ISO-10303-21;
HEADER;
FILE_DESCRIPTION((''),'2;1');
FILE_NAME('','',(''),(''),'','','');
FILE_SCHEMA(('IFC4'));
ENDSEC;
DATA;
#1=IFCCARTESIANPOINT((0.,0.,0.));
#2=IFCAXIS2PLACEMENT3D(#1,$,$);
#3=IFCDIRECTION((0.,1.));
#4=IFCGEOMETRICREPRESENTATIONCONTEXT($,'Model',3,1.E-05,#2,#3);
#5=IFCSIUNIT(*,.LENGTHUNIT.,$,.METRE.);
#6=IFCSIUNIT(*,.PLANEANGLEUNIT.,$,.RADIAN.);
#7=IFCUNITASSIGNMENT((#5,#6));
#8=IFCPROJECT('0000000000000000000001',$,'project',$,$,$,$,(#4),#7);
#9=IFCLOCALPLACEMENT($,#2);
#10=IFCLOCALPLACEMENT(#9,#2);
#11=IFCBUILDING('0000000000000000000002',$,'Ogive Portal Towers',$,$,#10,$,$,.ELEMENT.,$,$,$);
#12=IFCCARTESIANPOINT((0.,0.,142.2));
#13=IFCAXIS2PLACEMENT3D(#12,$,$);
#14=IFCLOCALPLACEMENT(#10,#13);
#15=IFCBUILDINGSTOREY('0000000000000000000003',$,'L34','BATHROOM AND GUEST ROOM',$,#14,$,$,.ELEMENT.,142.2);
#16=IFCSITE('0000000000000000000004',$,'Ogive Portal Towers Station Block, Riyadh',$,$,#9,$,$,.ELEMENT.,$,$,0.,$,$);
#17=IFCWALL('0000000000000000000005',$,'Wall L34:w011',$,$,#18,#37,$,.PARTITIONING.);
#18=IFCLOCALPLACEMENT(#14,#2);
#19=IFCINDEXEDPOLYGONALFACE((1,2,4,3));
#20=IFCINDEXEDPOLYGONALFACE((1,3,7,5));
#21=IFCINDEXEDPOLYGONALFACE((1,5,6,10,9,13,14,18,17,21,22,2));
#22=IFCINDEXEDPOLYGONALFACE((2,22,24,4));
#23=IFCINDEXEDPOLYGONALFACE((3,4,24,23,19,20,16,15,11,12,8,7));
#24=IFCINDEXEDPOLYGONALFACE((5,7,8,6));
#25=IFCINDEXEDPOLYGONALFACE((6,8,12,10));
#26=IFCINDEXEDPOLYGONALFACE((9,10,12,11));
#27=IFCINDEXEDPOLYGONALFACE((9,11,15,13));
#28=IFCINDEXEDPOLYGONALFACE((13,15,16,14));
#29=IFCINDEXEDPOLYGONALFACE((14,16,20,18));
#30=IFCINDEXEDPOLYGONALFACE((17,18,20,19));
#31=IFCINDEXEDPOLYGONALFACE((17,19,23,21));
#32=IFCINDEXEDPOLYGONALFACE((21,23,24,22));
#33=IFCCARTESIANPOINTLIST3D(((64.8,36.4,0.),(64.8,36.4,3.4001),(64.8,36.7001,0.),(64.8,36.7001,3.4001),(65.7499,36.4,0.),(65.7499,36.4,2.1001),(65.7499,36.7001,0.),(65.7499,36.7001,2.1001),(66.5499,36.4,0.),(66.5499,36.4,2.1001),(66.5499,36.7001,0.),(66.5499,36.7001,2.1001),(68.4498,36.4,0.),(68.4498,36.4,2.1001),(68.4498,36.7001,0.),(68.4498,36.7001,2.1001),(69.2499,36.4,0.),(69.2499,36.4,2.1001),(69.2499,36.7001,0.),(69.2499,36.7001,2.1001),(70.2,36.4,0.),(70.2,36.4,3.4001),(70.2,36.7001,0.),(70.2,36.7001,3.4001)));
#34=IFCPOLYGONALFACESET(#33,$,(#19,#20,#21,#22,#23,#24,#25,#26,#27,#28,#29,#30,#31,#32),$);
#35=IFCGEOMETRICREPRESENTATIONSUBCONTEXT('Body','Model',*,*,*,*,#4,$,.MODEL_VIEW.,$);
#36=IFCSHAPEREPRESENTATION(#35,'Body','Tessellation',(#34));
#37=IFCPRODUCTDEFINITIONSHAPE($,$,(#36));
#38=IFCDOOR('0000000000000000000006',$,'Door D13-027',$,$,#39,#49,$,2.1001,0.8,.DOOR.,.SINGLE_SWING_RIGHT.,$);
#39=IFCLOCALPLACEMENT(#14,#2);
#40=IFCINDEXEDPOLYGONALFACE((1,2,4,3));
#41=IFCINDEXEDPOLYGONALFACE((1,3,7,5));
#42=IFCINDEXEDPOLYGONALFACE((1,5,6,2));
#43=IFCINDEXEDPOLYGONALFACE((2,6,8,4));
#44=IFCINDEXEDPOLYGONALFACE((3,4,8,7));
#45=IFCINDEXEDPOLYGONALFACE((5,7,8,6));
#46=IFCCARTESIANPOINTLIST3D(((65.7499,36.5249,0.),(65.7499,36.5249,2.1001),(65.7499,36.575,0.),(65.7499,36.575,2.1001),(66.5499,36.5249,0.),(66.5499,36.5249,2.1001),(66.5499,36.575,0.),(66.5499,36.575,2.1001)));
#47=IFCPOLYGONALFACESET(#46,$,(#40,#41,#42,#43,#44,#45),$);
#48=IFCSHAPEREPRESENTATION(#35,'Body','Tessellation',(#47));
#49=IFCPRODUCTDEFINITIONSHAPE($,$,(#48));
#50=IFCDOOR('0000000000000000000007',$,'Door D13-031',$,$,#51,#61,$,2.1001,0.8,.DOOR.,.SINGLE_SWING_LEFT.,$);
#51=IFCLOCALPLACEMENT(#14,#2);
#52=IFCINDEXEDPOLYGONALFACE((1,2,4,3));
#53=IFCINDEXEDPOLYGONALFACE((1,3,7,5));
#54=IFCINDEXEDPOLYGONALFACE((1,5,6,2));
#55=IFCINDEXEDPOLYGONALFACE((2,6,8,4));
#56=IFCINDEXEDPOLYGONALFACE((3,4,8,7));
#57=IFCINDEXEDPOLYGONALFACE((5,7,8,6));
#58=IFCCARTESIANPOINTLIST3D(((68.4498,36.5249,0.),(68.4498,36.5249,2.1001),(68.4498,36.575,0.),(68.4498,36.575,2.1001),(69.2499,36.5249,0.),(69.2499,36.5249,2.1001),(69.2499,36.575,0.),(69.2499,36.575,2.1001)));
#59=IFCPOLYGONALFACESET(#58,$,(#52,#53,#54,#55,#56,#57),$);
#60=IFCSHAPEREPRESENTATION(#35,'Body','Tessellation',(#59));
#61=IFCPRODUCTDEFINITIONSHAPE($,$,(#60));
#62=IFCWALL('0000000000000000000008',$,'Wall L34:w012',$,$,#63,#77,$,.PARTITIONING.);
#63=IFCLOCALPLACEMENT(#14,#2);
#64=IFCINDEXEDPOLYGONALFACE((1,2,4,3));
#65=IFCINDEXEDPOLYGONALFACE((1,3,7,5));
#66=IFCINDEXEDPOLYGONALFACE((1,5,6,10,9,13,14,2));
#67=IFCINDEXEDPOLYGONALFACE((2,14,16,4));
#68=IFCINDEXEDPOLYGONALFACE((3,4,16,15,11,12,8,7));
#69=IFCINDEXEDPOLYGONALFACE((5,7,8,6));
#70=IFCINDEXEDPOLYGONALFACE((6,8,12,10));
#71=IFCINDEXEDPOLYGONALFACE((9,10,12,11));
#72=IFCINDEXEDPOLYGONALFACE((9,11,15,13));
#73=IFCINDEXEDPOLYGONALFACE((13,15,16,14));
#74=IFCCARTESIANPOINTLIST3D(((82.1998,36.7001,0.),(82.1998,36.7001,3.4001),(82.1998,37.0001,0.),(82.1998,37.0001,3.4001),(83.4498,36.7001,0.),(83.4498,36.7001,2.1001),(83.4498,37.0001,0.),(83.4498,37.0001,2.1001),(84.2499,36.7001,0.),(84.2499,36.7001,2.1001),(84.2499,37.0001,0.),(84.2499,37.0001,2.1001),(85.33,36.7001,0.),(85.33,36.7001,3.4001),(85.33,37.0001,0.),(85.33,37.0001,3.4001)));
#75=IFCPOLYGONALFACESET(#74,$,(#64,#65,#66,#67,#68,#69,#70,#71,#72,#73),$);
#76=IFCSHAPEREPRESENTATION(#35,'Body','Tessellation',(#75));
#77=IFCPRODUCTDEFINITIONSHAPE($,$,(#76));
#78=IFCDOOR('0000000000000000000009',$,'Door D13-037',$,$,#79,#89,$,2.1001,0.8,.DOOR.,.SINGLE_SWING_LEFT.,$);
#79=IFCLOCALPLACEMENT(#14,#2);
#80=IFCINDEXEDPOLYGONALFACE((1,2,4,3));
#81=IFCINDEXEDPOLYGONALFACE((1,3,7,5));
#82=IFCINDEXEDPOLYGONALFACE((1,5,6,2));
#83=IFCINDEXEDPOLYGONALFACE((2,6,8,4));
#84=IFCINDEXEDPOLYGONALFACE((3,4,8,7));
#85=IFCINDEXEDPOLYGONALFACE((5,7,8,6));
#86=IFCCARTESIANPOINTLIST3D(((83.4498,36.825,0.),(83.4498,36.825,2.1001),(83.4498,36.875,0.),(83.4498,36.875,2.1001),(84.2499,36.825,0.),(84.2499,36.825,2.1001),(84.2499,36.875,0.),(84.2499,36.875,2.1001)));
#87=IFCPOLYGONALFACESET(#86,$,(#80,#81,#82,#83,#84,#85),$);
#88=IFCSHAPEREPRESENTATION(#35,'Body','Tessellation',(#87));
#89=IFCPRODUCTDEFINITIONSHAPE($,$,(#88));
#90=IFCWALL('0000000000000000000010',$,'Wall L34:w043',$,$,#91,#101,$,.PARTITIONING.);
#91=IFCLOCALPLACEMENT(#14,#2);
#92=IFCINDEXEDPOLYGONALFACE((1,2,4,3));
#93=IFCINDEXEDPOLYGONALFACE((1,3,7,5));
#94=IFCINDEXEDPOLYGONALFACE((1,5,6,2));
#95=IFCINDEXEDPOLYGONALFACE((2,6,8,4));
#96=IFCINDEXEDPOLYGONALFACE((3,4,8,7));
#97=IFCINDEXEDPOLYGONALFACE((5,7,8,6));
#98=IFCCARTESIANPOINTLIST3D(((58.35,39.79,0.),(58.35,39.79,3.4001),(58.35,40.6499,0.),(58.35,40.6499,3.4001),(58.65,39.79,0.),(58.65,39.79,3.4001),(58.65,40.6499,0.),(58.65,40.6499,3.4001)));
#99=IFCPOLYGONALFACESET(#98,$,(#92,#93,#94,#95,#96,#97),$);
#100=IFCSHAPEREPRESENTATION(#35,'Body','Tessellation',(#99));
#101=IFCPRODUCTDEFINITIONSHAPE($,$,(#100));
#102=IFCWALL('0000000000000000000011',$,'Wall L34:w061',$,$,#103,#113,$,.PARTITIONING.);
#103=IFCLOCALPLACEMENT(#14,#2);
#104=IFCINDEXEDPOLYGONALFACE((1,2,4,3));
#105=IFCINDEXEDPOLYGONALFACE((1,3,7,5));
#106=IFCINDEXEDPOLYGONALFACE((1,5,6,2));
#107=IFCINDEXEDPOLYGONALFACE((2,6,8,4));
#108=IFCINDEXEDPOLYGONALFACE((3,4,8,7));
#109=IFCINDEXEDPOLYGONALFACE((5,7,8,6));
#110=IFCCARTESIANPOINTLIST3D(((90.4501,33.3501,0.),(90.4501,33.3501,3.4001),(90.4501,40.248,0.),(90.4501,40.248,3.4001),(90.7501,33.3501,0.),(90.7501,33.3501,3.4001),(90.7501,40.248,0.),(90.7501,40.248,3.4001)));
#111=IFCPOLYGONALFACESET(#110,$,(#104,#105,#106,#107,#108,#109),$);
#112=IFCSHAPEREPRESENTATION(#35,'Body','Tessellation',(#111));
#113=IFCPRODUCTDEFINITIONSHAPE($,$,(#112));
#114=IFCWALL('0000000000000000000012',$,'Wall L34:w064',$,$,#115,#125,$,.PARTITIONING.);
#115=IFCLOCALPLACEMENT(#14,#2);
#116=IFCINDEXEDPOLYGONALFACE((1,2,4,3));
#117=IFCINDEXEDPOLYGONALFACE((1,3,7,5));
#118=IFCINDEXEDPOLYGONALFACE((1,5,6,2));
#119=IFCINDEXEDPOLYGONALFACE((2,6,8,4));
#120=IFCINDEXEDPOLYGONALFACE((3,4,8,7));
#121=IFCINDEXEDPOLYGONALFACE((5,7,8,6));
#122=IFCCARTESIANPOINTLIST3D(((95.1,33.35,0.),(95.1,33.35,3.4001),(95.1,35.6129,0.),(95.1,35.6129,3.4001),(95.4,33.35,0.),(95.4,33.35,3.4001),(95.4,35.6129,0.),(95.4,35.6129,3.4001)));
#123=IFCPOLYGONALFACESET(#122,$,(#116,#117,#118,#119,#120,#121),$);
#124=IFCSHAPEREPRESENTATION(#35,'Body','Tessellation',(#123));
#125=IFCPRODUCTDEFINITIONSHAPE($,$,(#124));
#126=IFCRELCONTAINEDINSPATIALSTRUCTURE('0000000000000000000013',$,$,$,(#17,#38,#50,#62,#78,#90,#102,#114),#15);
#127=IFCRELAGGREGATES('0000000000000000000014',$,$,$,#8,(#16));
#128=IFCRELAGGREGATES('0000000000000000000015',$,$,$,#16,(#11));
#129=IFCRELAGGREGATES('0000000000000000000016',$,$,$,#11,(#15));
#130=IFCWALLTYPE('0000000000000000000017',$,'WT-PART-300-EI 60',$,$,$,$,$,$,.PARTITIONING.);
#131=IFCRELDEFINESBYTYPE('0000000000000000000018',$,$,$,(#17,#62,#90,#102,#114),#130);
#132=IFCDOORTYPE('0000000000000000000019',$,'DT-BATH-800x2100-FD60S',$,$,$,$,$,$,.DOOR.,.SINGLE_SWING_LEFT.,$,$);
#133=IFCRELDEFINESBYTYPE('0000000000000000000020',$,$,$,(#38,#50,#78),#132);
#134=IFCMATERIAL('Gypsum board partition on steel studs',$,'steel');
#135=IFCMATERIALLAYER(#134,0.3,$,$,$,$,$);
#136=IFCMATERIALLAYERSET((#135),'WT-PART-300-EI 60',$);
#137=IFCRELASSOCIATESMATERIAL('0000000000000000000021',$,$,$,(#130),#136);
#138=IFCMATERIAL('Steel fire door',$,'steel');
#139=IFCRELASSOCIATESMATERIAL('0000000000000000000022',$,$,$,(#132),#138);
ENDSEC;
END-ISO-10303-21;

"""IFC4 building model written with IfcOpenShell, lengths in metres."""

from ifc_helpers import new_model, si_unit, direction, frame, frame_2d, origin, place, context, subcontext, project, spatial, rectangle, extrude, material, layer, layer_set, type_object, element, fill, save


model = new_model("IFC4")

# Units and contexts
model_context = context("Model", 3, precision=1e-05, world=origin(), true_north=direction((0.0, 1.0)))
body_context = subcontext(model_context, "Body", "Model", "MODEL_VIEW")
ifc_project = project(units=[si_unit("LENGTHUNIT", "METRE"), si_unit("PLANEANGLEUNIT", "RADIAN")], contexts=[model_context])

# Site, building, storey
site_placement = place(None, origin())
site = spatial("IfcSite", under=ifc_project, at=site_placement, Name="Ogive Portal Towers Station Block, Riyadh", CompositionType="ELEMENT", RefElevation=0.0)
building_placement = place(site_placement, origin())
building = spatial("IfcBuilding", under=site, at=building_placement, Name="Ogive Portal Towers", CompositionType="ELEMENT")
storey_placement = place(building_placement, frame((0.0, 0.0, 142.2)))
storey = spatial("IfcBuildingStorey", under=building, at=storey_placement, Name="L34", Description="BATHROOM AND GUEST ROOM", CompositionType="ELEMENT", Elevation=142.2)

# Wall, openings, doors
ifc_material_1 = material(Name="Gypsum board partition on steel studs", Category="steel")
ifc_layer_1 = layer(ifc_material_1, 0.3)
ifc_layer_set_1 = layer_set([ifc_layer_1], Name="WT-PART-300-EI 60")
wall_type = type_object("IfcWallType", Name="WT-PART-300-EI 60", PredefinedType="PARTITIONING", material=ifc_layer_set_1)
wall_1_placement = place(storey_placement, frame((64.8, 36.55, 0.0), z_axis=(0.0, 0.0, 1.0), x_axis=(1.0, 0.0, 0.0)))
wall_1 = element("IfcWall", 1, at=wall_1_placement, inside=storey, type_object=wall_type, Name="Wall L34:w011", PredefinedType="PARTITIONING", context=body_context, shape_type="SweptSolid", body=[
    extrude(rectangle(XDim=5.3999, YDim=0.3, at=frame_2d((2.7, 0.0))), origin(), (0.0, 0.0, 1.0), 3.4001),
])
opening_1_placement = place(wall_1_placement, frame((0.95, 0.0, 0.0)))
opening_1 = element("IfcOpeningElement", 2, at=opening_1_placement, cuts=wall_1, PredefinedType="OPENING", context=body_context, shape_type="SweptSolid", body=[
    extrude(rectangle(XDim=0.8, YDim=2.1001, at=frame_2d((0.3999, 1.05))), frame((0.0, 0.1602, 0.0), z_axis=(0.0, -1.0, 0.0), x_axis=(1.0, 0.0, 0.0)), (0.0, 0.0, 1.0), 0.3201),
])
opening_2_placement = place(wall_1_placement, frame((3.6499, 0.0, 0.0)))
opening_2 = element("IfcOpeningElement", 3, at=opening_2_placement, cuts=wall_1, PredefinedType="OPENING", context=body_context, shape_type="SweptSolid", body=[
    extrude(rectangle(XDim=0.8, YDim=2.1001, at=frame_2d((0.3999, 1.05))), frame((0.0, 0.1602, 0.0), z_axis=(0.0, -1.0, 0.0), x_axis=(1.0, 0.0, 0.0)), (0.0, 0.0, 1.0), 0.3201),
])
ifc_material_2 = material(Name="Steel fire door", Category="steel")
door_type = type_object("IfcDoorType", Name="DT-BATH-800x2100-FD60S", OperationType="SINGLE_SWING_LEFT", PredefinedType="DOOR", material=ifc_material_2)
door_1_placement = place(opening_1_placement, origin())
door_1 = element("IfcDoor", 4, at=door_1_placement, inside=storey, type_object=door_type, Name="Door D13-027", OperationType="SINGLE_SWING_RIGHT", OverallHeight=2.1001, OverallWidth=0.8, PredefinedType="DOOR", context=body_context, shape_type="SweptSolid", body=[
    extrude(rectangle(XDim=0.8, YDim=2.1001, at=frame_2d((0.3999, 1.05))), frame((0.0, 0.0249, 0.0), z_axis=(0.0, -1.0, 0.0), x_axis=(1.0, 0.0, 0.0)), (0.0, 0.0, 1.0), 0.05),
])
fill(opening_1, door_1)
door_2_placement = place(opening_2_placement, origin())
door_2 = element("IfcDoor", 5, at=door_2_placement, inside=storey, type_object=door_type, Name="Door D13-031", OperationType="SINGLE_SWING_LEFT", OverallHeight=2.1001, OverallWidth=0.8, PredefinedType="DOOR", context=body_context, shape_type="SweptSolid", body=[
    extrude(rectangle(XDim=0.8, YDim=2.1001, at=frame_2d((0.3999, 1.05))), frame((0.0, 0.0249, 0.0), z_axis=(0.0, -1.0, 0.0), x_axis=(1.0, 0.0, 0.0)), (0.0, 0.0, 1.0), 0.05),
])
fill(opening_2, door_2)

# Wall, opening, door
wall_2_placement = place(storey_placement, frame((82.2, 36.8501, 0.0), z_axis=(0.0, 0.0, 1.0), x_axis=(1.0, 0.0, 0.0)))
wall_2 = element("IfcWall", 6, at=wall_2_placement, inside=storey, type_object=wall_type, Name="Wall L34:w012", PredefinedType="PARTITIONING", context=body_context, shape_type="SweptSolid", body=[
    extrude(rectangle(XDim=3.1301, YDim=0.3, at=frame_2d((1.5649, 0.0))), origin(), (0.0, 0.0, 1.0), 3.4001),
])
opening_3_placement = place(wall_2_placement, frame((1.25, 0.0, 0.0)))
opening_3 = element("IfcOpeningElement", 7, at=opening_3_placement, cuts=wall_2, PredefinedType="OPENING", context=body_context, shape_type="SweptSolid", body=[
    extrude(rectangle(XDim=0.8, YDim=2.1001, at=frame_2d((0.3999, 1.05))), frame((0.0, 0.1602, 0.0), z_axis=(0.0, -1.0, 0.0), x_axis=(1.0, 0.0, 0.0)), (0.0, 0.0, 1.0), 0.3201),
])
door_3_placement = place(opening_3_placement, origin())
door_3 = element("IfcDoor", 8, at=door_3_placement, inside=storey, type_object=door_type, Name="Door D13-037", OperationType="SINGLE_SWING_LEFT", OverallHeight=2.1001, OverallWidth=0.8, PredefinedType="DOOR", context=body_context, shape_type="SweptSolid", body=[
    extrude(rectangle(XDim=0.8, YDim=2.1001, at=frame_2d((0.3999, 1.05))), frame((0.0, 0.0249, 0.0), z_axis=(0.0, -1.0, 0.0), x_axis=(1.0, 0.0, 0.0)), (0.0, 0.0, 1.0), 0.05),
])
fill(opening_3, door_3)

# Walls
wall_3_placement = place(storey_placement, frame((58.5, 39.79, 0.0), z_axis=(0.0, 0.0, 1.0), x_axis=(0.0, 1.0, 0.0)))
element("IfcWall", 9, at=wall_3_placement, inside=storey, type_object=wall_type, Name="Wall L34:w043", PredefinedType="PARTITIONING", context=body_context, shape_type="SweptSolid", body=[
    extrude(rectangle(XDim=0.8599, YDim=0.3, at=frame_2d((0.4299, 0.0))), origin(), (0.0, 0.0, 1.0), 3.4001),
])
wall_4_placement = place(storey_placement, frame((90.6001, 33.3501, 0.0), z_axis=(0.0, 0.0, 1.0), x_axis=(0.0, 1.0, 0.0)))
element("IfcWall", 10, at=wall_4_placement, inside=storey, type_object=wall_type, Name="Wall L34:w061", PredefinedType="PARTITIONING", context=body_context, shape_type="SweptSolid", body=[
    extrude(rectangle(XDim=6.8979, YDim=0.3, at=frame_2d((3.449, 0.0))), origin(), (0.0, 0.0, 1.0), 3.4001),
])
wall_5_placement = place(storey_placement, frame((95.25, 33.3501, 0.0), z_axis=(0.0, 0.0, 1.0), x_axis=(0.0, 1.0, 0.0)))
element("IfcWall", 11, at=wall_5_placement, inside=storey, type_object=wall_type, Name="Wall L34:w064", PredefinedType="PARTITIONING", context=body_context, shape_type="SweptSolid", body=[
    extrude(rectangle(XDim=2.2629, YDim=0.3, at=frame_2d((1.1313, 0.0))), origin(), (0.0, 0.0, 1.0), 3.4001),
])

save(model, "model.ifc")
